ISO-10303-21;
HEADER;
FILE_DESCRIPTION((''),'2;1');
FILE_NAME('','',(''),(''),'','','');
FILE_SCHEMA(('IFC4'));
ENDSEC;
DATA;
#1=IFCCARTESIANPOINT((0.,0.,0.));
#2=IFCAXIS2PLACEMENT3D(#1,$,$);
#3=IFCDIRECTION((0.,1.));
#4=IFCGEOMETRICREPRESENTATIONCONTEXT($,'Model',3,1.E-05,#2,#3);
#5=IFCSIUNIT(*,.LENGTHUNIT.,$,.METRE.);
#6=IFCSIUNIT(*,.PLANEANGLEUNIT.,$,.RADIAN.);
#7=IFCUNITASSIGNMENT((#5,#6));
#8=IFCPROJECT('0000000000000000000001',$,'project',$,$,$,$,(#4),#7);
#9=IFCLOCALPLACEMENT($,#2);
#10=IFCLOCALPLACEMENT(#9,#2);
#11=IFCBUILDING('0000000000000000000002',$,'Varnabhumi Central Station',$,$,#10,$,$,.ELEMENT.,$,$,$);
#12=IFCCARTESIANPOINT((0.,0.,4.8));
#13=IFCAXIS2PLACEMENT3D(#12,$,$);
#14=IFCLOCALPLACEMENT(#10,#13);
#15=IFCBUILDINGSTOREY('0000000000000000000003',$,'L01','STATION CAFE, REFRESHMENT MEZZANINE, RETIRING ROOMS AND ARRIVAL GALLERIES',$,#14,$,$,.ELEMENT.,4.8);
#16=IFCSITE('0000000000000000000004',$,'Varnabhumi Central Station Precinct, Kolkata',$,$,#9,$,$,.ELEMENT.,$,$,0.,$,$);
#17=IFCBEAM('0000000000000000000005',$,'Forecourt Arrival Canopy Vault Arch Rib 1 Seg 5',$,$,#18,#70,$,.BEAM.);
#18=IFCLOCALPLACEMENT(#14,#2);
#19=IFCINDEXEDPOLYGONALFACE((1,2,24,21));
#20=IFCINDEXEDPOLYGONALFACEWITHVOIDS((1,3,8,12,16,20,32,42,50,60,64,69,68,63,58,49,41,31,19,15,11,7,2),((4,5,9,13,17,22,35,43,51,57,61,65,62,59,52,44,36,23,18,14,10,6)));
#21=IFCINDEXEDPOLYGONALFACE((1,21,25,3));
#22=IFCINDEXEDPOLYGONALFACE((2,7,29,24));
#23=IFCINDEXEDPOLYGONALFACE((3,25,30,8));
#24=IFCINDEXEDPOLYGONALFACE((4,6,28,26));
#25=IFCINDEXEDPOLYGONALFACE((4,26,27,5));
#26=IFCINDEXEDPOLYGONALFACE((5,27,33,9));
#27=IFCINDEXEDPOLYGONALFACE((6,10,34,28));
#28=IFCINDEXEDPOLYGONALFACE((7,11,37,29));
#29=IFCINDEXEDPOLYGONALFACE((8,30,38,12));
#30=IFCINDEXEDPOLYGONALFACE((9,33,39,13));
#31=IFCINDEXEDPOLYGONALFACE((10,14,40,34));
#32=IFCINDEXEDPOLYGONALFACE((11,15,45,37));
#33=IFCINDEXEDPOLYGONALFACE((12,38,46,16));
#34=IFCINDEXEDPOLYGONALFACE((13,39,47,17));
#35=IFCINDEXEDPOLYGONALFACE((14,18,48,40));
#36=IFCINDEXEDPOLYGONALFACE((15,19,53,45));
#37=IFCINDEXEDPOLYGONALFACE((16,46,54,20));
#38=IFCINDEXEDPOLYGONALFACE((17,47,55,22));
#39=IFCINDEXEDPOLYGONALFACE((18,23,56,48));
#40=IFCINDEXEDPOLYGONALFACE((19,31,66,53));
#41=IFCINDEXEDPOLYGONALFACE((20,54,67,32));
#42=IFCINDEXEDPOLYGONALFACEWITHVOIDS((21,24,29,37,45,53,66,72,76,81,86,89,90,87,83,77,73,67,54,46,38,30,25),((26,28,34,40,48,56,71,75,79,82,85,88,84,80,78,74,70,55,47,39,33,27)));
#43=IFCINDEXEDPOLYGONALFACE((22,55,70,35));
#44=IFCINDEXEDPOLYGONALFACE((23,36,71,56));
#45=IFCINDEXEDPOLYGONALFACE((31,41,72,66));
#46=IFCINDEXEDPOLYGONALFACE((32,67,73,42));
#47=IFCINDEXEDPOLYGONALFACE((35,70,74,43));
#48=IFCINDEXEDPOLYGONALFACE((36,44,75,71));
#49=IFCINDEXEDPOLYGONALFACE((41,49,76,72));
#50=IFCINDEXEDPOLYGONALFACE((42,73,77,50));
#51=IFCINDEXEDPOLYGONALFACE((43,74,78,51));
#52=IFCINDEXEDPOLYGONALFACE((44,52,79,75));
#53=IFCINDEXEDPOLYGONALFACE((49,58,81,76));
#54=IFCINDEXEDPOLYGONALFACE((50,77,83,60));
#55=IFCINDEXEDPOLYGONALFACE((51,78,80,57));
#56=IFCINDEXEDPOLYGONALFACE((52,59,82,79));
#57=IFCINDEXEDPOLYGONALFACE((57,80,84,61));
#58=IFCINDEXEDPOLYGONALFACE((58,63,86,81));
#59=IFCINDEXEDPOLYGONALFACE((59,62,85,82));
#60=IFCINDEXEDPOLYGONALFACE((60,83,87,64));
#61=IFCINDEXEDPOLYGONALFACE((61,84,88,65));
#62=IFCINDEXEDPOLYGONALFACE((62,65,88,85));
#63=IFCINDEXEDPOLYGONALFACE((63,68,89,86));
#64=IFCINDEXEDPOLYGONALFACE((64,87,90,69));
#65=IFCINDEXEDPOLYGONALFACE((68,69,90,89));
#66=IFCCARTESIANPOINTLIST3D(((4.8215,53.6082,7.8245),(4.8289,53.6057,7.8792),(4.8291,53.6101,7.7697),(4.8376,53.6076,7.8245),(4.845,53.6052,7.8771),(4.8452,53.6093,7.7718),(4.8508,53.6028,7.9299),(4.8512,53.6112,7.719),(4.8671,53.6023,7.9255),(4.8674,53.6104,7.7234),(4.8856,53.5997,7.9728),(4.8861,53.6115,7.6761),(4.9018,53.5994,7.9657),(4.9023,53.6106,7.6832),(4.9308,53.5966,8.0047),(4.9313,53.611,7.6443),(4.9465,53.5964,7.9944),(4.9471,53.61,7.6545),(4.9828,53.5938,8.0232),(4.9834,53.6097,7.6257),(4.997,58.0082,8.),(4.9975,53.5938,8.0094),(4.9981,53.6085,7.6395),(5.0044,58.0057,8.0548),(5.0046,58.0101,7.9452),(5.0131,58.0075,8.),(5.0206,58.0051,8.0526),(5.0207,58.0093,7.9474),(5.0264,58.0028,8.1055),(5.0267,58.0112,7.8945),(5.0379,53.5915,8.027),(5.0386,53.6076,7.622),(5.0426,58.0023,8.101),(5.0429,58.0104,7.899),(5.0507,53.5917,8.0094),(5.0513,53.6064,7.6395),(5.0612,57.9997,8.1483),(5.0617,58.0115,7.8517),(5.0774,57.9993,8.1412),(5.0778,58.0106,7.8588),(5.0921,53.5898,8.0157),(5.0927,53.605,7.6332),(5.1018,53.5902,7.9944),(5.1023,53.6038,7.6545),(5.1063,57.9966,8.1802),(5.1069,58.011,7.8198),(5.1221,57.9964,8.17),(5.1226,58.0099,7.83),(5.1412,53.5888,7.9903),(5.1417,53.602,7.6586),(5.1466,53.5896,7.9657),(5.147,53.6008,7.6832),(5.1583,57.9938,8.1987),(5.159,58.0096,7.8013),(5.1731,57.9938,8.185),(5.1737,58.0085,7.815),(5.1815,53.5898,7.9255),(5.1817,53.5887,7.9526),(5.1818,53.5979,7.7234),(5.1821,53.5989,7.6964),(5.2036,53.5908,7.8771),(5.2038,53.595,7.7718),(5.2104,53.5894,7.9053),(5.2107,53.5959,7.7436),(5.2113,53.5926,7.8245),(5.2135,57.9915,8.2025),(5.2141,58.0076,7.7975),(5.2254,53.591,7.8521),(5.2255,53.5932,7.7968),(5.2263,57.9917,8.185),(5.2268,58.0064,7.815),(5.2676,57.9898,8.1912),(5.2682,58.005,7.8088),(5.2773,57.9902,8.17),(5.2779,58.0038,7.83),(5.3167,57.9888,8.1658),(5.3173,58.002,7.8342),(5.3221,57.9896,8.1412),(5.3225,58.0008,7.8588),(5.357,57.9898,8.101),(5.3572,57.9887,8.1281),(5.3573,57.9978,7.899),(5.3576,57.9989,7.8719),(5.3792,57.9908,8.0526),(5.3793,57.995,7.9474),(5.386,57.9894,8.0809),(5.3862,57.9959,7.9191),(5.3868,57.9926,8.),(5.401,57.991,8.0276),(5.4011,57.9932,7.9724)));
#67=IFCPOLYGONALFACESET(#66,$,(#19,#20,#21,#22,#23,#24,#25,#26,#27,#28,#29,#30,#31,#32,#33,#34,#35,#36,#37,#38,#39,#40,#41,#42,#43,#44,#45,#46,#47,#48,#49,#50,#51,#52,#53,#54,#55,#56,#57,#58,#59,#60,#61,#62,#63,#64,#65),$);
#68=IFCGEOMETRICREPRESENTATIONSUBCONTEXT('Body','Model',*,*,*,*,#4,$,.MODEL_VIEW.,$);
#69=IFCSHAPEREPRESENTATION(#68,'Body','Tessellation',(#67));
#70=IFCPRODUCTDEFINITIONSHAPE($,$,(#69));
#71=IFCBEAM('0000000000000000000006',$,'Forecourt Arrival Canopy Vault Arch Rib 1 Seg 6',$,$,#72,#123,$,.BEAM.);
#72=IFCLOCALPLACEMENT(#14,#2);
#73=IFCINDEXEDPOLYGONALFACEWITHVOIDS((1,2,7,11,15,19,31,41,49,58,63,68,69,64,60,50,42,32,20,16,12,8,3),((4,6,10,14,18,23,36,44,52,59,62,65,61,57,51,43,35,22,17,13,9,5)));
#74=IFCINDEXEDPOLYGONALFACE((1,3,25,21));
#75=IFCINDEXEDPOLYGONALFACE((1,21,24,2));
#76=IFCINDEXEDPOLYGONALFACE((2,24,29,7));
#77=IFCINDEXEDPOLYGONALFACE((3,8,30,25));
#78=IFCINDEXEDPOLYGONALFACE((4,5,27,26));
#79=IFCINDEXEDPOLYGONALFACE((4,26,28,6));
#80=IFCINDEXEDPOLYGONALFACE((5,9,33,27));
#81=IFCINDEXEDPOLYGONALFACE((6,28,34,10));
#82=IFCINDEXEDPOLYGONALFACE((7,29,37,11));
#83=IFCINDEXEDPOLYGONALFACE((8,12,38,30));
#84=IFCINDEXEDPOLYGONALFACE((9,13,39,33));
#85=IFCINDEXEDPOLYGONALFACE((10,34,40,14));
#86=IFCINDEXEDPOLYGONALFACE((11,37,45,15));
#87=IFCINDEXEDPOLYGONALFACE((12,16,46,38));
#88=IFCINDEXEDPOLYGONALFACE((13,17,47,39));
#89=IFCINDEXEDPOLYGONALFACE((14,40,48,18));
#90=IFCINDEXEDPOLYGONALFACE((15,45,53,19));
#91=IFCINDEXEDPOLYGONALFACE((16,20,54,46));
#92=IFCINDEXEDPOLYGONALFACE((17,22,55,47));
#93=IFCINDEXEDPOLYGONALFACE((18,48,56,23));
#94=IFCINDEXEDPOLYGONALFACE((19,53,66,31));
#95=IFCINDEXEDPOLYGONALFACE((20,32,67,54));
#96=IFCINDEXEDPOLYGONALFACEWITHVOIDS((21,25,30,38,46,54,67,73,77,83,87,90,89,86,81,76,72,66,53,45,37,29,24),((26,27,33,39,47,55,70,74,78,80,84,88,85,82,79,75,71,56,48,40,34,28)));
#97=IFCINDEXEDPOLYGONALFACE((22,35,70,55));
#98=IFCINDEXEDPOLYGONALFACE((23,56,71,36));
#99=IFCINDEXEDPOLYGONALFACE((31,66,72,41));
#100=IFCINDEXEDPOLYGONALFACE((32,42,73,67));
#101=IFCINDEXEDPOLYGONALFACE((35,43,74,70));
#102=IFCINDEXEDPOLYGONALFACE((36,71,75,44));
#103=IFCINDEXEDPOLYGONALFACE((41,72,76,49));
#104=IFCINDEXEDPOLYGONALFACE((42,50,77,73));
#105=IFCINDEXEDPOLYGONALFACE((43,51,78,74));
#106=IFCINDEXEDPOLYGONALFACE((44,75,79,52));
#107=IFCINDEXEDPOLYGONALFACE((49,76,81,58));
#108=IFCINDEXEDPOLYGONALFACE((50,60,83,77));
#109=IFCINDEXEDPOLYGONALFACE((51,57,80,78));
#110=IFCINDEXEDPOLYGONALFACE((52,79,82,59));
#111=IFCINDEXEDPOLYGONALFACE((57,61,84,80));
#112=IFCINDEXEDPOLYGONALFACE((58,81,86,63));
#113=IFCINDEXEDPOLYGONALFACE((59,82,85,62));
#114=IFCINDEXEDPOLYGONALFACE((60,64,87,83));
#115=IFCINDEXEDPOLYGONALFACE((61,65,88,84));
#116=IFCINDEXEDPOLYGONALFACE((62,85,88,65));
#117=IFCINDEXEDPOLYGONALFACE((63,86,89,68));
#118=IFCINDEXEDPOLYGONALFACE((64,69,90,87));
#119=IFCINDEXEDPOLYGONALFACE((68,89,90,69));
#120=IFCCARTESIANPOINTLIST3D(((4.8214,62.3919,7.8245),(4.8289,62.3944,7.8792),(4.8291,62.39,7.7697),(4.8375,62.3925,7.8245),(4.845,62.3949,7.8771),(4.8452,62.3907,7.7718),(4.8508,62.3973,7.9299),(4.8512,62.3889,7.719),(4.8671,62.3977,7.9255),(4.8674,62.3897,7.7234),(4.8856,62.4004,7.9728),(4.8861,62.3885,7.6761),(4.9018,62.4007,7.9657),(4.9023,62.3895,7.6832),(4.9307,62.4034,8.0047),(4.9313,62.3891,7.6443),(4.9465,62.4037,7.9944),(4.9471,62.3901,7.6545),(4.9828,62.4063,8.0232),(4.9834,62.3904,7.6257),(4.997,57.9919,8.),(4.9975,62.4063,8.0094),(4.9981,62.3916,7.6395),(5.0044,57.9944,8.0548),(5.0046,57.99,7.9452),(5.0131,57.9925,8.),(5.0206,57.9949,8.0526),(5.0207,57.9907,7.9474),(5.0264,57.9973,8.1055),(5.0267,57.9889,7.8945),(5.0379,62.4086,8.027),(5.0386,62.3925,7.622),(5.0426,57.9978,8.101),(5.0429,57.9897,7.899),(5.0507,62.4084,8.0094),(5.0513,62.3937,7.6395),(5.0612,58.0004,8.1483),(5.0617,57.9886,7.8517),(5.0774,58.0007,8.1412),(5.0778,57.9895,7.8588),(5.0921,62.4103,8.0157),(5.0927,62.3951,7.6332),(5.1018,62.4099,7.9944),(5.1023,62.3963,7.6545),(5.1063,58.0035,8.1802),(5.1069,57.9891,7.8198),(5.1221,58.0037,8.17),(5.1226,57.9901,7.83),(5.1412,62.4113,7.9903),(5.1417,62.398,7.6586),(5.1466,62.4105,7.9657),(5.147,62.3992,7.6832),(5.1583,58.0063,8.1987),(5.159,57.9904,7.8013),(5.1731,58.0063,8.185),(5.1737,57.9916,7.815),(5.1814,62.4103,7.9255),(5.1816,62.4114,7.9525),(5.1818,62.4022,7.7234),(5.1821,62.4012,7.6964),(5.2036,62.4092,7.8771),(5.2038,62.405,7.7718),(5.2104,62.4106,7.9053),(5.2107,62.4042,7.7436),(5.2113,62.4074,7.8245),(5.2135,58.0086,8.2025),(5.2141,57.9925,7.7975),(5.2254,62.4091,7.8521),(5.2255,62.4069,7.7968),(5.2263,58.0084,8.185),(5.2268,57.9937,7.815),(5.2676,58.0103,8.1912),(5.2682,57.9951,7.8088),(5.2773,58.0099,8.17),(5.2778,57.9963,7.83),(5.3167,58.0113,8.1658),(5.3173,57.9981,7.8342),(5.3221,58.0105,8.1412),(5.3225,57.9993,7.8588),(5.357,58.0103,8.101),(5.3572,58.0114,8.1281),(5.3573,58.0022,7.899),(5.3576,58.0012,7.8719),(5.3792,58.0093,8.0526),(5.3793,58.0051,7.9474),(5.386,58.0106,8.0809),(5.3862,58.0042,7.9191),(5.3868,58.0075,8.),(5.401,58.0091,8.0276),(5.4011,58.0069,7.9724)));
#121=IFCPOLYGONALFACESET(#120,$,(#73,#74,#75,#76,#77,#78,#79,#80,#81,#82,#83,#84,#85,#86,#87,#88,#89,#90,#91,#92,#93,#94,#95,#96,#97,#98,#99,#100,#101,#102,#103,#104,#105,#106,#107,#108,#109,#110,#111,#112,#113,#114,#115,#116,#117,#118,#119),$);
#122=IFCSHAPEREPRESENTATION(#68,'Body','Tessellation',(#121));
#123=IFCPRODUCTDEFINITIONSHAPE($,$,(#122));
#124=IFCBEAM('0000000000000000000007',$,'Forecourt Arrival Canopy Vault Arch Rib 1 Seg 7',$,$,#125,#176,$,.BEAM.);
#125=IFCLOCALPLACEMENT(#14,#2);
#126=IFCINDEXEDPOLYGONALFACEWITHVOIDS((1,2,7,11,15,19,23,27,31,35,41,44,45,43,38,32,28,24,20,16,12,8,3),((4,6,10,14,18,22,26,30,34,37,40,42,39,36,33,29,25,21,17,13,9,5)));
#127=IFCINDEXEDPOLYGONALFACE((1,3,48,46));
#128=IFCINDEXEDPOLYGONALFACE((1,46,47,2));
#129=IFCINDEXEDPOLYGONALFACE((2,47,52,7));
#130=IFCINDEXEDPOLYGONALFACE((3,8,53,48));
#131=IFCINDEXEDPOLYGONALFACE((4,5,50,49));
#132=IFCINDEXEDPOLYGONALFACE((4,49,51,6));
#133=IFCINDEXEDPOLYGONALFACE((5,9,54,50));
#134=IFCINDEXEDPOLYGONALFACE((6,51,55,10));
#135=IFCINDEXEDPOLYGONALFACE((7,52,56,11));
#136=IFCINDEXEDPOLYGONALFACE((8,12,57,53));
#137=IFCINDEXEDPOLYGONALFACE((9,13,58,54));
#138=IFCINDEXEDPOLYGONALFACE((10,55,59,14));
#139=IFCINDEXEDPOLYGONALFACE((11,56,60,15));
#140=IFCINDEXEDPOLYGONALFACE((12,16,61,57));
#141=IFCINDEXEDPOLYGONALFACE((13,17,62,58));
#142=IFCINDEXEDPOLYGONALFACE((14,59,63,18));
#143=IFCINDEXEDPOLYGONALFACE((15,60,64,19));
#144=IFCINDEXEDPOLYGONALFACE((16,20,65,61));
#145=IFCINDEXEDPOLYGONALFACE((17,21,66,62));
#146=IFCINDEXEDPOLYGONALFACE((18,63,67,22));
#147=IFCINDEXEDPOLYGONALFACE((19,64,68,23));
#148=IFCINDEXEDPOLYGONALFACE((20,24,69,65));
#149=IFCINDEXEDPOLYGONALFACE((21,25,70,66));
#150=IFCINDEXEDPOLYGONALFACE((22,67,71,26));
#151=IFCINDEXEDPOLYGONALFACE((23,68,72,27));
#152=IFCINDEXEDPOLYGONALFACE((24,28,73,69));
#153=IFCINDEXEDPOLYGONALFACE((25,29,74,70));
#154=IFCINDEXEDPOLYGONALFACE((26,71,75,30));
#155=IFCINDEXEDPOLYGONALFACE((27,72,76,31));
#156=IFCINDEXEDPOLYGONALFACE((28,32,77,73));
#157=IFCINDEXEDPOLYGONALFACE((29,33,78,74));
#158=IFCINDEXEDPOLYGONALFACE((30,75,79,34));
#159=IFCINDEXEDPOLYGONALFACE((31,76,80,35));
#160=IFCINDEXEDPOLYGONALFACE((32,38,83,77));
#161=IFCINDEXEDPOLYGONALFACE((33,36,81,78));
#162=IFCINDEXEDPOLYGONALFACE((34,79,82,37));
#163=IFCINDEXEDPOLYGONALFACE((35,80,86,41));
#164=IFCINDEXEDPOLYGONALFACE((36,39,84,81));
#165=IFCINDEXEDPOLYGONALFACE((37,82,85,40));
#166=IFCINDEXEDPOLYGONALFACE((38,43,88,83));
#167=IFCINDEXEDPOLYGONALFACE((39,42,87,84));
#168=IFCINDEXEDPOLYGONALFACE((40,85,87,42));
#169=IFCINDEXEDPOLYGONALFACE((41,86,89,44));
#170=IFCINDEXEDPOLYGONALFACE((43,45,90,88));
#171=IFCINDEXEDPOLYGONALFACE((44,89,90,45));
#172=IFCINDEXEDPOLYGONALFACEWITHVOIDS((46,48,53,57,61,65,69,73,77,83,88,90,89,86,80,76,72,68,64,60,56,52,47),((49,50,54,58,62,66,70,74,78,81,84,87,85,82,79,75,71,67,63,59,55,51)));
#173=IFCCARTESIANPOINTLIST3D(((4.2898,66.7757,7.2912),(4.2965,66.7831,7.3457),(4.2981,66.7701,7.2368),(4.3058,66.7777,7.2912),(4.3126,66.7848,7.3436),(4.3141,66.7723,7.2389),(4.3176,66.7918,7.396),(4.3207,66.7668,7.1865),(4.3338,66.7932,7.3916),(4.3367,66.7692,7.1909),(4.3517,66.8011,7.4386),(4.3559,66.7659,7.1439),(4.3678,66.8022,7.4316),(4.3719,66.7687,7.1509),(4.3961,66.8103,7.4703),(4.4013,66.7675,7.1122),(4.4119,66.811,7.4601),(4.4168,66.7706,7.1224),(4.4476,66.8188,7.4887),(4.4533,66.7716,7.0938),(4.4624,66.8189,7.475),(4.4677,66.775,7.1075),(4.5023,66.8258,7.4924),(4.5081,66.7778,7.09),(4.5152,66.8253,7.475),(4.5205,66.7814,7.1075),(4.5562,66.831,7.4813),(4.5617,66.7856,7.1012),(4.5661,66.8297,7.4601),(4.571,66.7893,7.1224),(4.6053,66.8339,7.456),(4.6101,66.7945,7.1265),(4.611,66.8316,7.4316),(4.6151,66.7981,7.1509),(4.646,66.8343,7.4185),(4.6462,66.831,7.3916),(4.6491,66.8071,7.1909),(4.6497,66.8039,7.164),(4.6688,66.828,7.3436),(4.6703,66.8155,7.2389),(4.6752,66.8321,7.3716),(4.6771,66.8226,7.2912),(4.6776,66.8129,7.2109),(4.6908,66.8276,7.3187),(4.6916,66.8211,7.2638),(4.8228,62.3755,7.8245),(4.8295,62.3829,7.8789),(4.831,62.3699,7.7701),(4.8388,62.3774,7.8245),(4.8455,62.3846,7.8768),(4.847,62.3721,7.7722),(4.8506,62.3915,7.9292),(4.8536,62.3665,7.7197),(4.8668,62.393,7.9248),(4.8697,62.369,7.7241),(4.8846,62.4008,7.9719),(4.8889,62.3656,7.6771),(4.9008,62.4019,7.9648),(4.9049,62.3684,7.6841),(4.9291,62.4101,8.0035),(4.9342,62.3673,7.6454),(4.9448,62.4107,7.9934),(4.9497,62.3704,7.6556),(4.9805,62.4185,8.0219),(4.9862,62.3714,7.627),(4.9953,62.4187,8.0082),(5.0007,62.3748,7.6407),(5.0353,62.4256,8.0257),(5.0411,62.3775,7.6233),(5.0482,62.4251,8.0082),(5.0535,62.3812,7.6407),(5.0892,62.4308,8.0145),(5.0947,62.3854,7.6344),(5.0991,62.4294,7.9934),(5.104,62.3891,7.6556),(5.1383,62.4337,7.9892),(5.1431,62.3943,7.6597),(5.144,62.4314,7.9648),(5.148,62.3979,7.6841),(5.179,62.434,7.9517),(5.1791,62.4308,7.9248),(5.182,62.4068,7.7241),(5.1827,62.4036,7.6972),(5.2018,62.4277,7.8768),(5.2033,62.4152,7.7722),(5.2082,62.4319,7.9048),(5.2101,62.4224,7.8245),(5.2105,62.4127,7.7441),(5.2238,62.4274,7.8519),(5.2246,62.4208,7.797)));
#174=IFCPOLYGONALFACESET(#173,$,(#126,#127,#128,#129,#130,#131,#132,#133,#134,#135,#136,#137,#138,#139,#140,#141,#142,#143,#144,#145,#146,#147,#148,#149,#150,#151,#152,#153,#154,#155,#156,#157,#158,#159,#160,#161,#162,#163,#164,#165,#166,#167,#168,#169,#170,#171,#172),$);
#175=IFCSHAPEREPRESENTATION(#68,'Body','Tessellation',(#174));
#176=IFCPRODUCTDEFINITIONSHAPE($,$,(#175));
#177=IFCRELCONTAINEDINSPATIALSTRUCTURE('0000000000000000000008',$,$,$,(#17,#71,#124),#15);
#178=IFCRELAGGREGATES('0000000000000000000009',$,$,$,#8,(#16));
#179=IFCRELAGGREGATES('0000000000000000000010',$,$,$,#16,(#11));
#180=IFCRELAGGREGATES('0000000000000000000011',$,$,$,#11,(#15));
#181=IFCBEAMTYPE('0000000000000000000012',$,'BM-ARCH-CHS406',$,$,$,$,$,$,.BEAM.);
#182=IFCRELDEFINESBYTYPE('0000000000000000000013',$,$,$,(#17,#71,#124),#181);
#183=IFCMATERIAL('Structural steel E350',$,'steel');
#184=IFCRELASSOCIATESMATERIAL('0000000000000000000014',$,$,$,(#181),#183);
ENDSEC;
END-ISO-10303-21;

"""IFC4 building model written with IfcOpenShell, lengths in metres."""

from ifc_helpers import new_model, si_unit, direction, frame, origin, origin_2d, place, context, subcontext, project, spatial, hollow_circle, extrude, material, material_profile, profile_set, type_object, element, save


model = new_model("IFC4")

# Units and contexts
model_context = context("Model", 3, precision=1e-05, world=origin(), true_north=direction((0.0, 1.0)))
body_context = subcontext(model_context, "Body", "Model", "MODEL_VIEW")
ifc_project = project(units=[si_unit("LENGTHUNIT", "METRE"), si_unit("PLANEANGLEUNIT", "RADIAN")], contexts=[model_context])

# Site, building, storey
site_placement = place(None, origin())
site = spatial("IfcSite", under=ifc_project, at=site_placement, Name="Varnabhumi Central Station Precinct, Kolkata", CompositionType="ELEMENT", RefElevation=0.0)
building_placement = place(site_placement, origin())
building = spatial("IfcBuilding", under=site, at=building_placement, Name="Varnabhumi Central Station", CompositionType="ELEMENT")
storey_placement = place(building_placement, frame((0.0, 0.0, 4.8)))
storey = spatial("IfcBuildingStorey", under=building, at=storey_placement, Name="L01", Description="STATION CAFE, REFRESHMENT MEZZANINE, RETIRING ROOMS AND ARRIVAL GALLERIES", CompositionType="ELEMENT", Elevation=4.8)

# Beams
ifc_material_1 = material(Name="Structural steel E350", Category="steel")
ifc_material_profile_1 = material_profile(ifc_material_1, hollow_circle(Radius=0.2031, WallThickness=0.0161, at=origin_2d()), Name="Structural steel E350", Category="steel")
ifc_profile_set_1 = profile_set([ifc_material_profile_1], Name="Structural steel E350")
beam_type_1 = type_object("IfcBeamType", Name="BM-ARCH-CHS406", PredefinedType="BEAM", material=ifc_profile_set_1)
for number, where, z_axis, x_axis, name in (
    (1, (5.0244, 53.6001, 7.8245), (0.039832, 0.998412, 0.039832), (-0.999205, 0.039864, 0.0), "Forecourt Arrival Canopy Vault Arch Rib 1 Seg 5"),
    (2, (5.2, 58.0, 8.0), (-0.039832, 0.998412, -0.039832), (-0.999205, -0.039864, 0.0), "Forecourt Arrival Canopy Vault Arch Rib 1 Seg 6"),
):
    element("IfcBeam", number, at=place(storey_placement, frame(where, z_axis=z_axis, x_axis=x_axis)), inside=storey, type_object=beam_type_1, Name=name, PredefinedType="BEAM", context=body_context, shape_type="SweptSolid", body=[
        extrude(hollow_circle(Radius=0.2031, WallThickness=0.0161, at=origin_2d()), origin(), (0.0, 0.0, 1.0), 4.407),
    ])
beam_1_placement = place(storey_placement, frame((5.0244, 62.3999, 7.8245), z_axis=(-0.119383, 0.985638, -0.119438), x_axis=(-0.992744, -0.120244, 0.0)))
element("IfcBeam", 3, at=beam_1_placement, inside=storey, type_object=beam_type_1, Name="Forecourt Arrival Canopy Vault Arch Rib 1 Seg 7", PredefinedType="BEAM", context=body_context, shape_type="SweptSolid", body=[
    extrude(hollow_circle(Radius=0.2031, WallThickness=0.0161, at=origin_2d()), origin(), (0.0, 0.0, 1.0), 4.4644),
])

save(model, "model.ifc")
